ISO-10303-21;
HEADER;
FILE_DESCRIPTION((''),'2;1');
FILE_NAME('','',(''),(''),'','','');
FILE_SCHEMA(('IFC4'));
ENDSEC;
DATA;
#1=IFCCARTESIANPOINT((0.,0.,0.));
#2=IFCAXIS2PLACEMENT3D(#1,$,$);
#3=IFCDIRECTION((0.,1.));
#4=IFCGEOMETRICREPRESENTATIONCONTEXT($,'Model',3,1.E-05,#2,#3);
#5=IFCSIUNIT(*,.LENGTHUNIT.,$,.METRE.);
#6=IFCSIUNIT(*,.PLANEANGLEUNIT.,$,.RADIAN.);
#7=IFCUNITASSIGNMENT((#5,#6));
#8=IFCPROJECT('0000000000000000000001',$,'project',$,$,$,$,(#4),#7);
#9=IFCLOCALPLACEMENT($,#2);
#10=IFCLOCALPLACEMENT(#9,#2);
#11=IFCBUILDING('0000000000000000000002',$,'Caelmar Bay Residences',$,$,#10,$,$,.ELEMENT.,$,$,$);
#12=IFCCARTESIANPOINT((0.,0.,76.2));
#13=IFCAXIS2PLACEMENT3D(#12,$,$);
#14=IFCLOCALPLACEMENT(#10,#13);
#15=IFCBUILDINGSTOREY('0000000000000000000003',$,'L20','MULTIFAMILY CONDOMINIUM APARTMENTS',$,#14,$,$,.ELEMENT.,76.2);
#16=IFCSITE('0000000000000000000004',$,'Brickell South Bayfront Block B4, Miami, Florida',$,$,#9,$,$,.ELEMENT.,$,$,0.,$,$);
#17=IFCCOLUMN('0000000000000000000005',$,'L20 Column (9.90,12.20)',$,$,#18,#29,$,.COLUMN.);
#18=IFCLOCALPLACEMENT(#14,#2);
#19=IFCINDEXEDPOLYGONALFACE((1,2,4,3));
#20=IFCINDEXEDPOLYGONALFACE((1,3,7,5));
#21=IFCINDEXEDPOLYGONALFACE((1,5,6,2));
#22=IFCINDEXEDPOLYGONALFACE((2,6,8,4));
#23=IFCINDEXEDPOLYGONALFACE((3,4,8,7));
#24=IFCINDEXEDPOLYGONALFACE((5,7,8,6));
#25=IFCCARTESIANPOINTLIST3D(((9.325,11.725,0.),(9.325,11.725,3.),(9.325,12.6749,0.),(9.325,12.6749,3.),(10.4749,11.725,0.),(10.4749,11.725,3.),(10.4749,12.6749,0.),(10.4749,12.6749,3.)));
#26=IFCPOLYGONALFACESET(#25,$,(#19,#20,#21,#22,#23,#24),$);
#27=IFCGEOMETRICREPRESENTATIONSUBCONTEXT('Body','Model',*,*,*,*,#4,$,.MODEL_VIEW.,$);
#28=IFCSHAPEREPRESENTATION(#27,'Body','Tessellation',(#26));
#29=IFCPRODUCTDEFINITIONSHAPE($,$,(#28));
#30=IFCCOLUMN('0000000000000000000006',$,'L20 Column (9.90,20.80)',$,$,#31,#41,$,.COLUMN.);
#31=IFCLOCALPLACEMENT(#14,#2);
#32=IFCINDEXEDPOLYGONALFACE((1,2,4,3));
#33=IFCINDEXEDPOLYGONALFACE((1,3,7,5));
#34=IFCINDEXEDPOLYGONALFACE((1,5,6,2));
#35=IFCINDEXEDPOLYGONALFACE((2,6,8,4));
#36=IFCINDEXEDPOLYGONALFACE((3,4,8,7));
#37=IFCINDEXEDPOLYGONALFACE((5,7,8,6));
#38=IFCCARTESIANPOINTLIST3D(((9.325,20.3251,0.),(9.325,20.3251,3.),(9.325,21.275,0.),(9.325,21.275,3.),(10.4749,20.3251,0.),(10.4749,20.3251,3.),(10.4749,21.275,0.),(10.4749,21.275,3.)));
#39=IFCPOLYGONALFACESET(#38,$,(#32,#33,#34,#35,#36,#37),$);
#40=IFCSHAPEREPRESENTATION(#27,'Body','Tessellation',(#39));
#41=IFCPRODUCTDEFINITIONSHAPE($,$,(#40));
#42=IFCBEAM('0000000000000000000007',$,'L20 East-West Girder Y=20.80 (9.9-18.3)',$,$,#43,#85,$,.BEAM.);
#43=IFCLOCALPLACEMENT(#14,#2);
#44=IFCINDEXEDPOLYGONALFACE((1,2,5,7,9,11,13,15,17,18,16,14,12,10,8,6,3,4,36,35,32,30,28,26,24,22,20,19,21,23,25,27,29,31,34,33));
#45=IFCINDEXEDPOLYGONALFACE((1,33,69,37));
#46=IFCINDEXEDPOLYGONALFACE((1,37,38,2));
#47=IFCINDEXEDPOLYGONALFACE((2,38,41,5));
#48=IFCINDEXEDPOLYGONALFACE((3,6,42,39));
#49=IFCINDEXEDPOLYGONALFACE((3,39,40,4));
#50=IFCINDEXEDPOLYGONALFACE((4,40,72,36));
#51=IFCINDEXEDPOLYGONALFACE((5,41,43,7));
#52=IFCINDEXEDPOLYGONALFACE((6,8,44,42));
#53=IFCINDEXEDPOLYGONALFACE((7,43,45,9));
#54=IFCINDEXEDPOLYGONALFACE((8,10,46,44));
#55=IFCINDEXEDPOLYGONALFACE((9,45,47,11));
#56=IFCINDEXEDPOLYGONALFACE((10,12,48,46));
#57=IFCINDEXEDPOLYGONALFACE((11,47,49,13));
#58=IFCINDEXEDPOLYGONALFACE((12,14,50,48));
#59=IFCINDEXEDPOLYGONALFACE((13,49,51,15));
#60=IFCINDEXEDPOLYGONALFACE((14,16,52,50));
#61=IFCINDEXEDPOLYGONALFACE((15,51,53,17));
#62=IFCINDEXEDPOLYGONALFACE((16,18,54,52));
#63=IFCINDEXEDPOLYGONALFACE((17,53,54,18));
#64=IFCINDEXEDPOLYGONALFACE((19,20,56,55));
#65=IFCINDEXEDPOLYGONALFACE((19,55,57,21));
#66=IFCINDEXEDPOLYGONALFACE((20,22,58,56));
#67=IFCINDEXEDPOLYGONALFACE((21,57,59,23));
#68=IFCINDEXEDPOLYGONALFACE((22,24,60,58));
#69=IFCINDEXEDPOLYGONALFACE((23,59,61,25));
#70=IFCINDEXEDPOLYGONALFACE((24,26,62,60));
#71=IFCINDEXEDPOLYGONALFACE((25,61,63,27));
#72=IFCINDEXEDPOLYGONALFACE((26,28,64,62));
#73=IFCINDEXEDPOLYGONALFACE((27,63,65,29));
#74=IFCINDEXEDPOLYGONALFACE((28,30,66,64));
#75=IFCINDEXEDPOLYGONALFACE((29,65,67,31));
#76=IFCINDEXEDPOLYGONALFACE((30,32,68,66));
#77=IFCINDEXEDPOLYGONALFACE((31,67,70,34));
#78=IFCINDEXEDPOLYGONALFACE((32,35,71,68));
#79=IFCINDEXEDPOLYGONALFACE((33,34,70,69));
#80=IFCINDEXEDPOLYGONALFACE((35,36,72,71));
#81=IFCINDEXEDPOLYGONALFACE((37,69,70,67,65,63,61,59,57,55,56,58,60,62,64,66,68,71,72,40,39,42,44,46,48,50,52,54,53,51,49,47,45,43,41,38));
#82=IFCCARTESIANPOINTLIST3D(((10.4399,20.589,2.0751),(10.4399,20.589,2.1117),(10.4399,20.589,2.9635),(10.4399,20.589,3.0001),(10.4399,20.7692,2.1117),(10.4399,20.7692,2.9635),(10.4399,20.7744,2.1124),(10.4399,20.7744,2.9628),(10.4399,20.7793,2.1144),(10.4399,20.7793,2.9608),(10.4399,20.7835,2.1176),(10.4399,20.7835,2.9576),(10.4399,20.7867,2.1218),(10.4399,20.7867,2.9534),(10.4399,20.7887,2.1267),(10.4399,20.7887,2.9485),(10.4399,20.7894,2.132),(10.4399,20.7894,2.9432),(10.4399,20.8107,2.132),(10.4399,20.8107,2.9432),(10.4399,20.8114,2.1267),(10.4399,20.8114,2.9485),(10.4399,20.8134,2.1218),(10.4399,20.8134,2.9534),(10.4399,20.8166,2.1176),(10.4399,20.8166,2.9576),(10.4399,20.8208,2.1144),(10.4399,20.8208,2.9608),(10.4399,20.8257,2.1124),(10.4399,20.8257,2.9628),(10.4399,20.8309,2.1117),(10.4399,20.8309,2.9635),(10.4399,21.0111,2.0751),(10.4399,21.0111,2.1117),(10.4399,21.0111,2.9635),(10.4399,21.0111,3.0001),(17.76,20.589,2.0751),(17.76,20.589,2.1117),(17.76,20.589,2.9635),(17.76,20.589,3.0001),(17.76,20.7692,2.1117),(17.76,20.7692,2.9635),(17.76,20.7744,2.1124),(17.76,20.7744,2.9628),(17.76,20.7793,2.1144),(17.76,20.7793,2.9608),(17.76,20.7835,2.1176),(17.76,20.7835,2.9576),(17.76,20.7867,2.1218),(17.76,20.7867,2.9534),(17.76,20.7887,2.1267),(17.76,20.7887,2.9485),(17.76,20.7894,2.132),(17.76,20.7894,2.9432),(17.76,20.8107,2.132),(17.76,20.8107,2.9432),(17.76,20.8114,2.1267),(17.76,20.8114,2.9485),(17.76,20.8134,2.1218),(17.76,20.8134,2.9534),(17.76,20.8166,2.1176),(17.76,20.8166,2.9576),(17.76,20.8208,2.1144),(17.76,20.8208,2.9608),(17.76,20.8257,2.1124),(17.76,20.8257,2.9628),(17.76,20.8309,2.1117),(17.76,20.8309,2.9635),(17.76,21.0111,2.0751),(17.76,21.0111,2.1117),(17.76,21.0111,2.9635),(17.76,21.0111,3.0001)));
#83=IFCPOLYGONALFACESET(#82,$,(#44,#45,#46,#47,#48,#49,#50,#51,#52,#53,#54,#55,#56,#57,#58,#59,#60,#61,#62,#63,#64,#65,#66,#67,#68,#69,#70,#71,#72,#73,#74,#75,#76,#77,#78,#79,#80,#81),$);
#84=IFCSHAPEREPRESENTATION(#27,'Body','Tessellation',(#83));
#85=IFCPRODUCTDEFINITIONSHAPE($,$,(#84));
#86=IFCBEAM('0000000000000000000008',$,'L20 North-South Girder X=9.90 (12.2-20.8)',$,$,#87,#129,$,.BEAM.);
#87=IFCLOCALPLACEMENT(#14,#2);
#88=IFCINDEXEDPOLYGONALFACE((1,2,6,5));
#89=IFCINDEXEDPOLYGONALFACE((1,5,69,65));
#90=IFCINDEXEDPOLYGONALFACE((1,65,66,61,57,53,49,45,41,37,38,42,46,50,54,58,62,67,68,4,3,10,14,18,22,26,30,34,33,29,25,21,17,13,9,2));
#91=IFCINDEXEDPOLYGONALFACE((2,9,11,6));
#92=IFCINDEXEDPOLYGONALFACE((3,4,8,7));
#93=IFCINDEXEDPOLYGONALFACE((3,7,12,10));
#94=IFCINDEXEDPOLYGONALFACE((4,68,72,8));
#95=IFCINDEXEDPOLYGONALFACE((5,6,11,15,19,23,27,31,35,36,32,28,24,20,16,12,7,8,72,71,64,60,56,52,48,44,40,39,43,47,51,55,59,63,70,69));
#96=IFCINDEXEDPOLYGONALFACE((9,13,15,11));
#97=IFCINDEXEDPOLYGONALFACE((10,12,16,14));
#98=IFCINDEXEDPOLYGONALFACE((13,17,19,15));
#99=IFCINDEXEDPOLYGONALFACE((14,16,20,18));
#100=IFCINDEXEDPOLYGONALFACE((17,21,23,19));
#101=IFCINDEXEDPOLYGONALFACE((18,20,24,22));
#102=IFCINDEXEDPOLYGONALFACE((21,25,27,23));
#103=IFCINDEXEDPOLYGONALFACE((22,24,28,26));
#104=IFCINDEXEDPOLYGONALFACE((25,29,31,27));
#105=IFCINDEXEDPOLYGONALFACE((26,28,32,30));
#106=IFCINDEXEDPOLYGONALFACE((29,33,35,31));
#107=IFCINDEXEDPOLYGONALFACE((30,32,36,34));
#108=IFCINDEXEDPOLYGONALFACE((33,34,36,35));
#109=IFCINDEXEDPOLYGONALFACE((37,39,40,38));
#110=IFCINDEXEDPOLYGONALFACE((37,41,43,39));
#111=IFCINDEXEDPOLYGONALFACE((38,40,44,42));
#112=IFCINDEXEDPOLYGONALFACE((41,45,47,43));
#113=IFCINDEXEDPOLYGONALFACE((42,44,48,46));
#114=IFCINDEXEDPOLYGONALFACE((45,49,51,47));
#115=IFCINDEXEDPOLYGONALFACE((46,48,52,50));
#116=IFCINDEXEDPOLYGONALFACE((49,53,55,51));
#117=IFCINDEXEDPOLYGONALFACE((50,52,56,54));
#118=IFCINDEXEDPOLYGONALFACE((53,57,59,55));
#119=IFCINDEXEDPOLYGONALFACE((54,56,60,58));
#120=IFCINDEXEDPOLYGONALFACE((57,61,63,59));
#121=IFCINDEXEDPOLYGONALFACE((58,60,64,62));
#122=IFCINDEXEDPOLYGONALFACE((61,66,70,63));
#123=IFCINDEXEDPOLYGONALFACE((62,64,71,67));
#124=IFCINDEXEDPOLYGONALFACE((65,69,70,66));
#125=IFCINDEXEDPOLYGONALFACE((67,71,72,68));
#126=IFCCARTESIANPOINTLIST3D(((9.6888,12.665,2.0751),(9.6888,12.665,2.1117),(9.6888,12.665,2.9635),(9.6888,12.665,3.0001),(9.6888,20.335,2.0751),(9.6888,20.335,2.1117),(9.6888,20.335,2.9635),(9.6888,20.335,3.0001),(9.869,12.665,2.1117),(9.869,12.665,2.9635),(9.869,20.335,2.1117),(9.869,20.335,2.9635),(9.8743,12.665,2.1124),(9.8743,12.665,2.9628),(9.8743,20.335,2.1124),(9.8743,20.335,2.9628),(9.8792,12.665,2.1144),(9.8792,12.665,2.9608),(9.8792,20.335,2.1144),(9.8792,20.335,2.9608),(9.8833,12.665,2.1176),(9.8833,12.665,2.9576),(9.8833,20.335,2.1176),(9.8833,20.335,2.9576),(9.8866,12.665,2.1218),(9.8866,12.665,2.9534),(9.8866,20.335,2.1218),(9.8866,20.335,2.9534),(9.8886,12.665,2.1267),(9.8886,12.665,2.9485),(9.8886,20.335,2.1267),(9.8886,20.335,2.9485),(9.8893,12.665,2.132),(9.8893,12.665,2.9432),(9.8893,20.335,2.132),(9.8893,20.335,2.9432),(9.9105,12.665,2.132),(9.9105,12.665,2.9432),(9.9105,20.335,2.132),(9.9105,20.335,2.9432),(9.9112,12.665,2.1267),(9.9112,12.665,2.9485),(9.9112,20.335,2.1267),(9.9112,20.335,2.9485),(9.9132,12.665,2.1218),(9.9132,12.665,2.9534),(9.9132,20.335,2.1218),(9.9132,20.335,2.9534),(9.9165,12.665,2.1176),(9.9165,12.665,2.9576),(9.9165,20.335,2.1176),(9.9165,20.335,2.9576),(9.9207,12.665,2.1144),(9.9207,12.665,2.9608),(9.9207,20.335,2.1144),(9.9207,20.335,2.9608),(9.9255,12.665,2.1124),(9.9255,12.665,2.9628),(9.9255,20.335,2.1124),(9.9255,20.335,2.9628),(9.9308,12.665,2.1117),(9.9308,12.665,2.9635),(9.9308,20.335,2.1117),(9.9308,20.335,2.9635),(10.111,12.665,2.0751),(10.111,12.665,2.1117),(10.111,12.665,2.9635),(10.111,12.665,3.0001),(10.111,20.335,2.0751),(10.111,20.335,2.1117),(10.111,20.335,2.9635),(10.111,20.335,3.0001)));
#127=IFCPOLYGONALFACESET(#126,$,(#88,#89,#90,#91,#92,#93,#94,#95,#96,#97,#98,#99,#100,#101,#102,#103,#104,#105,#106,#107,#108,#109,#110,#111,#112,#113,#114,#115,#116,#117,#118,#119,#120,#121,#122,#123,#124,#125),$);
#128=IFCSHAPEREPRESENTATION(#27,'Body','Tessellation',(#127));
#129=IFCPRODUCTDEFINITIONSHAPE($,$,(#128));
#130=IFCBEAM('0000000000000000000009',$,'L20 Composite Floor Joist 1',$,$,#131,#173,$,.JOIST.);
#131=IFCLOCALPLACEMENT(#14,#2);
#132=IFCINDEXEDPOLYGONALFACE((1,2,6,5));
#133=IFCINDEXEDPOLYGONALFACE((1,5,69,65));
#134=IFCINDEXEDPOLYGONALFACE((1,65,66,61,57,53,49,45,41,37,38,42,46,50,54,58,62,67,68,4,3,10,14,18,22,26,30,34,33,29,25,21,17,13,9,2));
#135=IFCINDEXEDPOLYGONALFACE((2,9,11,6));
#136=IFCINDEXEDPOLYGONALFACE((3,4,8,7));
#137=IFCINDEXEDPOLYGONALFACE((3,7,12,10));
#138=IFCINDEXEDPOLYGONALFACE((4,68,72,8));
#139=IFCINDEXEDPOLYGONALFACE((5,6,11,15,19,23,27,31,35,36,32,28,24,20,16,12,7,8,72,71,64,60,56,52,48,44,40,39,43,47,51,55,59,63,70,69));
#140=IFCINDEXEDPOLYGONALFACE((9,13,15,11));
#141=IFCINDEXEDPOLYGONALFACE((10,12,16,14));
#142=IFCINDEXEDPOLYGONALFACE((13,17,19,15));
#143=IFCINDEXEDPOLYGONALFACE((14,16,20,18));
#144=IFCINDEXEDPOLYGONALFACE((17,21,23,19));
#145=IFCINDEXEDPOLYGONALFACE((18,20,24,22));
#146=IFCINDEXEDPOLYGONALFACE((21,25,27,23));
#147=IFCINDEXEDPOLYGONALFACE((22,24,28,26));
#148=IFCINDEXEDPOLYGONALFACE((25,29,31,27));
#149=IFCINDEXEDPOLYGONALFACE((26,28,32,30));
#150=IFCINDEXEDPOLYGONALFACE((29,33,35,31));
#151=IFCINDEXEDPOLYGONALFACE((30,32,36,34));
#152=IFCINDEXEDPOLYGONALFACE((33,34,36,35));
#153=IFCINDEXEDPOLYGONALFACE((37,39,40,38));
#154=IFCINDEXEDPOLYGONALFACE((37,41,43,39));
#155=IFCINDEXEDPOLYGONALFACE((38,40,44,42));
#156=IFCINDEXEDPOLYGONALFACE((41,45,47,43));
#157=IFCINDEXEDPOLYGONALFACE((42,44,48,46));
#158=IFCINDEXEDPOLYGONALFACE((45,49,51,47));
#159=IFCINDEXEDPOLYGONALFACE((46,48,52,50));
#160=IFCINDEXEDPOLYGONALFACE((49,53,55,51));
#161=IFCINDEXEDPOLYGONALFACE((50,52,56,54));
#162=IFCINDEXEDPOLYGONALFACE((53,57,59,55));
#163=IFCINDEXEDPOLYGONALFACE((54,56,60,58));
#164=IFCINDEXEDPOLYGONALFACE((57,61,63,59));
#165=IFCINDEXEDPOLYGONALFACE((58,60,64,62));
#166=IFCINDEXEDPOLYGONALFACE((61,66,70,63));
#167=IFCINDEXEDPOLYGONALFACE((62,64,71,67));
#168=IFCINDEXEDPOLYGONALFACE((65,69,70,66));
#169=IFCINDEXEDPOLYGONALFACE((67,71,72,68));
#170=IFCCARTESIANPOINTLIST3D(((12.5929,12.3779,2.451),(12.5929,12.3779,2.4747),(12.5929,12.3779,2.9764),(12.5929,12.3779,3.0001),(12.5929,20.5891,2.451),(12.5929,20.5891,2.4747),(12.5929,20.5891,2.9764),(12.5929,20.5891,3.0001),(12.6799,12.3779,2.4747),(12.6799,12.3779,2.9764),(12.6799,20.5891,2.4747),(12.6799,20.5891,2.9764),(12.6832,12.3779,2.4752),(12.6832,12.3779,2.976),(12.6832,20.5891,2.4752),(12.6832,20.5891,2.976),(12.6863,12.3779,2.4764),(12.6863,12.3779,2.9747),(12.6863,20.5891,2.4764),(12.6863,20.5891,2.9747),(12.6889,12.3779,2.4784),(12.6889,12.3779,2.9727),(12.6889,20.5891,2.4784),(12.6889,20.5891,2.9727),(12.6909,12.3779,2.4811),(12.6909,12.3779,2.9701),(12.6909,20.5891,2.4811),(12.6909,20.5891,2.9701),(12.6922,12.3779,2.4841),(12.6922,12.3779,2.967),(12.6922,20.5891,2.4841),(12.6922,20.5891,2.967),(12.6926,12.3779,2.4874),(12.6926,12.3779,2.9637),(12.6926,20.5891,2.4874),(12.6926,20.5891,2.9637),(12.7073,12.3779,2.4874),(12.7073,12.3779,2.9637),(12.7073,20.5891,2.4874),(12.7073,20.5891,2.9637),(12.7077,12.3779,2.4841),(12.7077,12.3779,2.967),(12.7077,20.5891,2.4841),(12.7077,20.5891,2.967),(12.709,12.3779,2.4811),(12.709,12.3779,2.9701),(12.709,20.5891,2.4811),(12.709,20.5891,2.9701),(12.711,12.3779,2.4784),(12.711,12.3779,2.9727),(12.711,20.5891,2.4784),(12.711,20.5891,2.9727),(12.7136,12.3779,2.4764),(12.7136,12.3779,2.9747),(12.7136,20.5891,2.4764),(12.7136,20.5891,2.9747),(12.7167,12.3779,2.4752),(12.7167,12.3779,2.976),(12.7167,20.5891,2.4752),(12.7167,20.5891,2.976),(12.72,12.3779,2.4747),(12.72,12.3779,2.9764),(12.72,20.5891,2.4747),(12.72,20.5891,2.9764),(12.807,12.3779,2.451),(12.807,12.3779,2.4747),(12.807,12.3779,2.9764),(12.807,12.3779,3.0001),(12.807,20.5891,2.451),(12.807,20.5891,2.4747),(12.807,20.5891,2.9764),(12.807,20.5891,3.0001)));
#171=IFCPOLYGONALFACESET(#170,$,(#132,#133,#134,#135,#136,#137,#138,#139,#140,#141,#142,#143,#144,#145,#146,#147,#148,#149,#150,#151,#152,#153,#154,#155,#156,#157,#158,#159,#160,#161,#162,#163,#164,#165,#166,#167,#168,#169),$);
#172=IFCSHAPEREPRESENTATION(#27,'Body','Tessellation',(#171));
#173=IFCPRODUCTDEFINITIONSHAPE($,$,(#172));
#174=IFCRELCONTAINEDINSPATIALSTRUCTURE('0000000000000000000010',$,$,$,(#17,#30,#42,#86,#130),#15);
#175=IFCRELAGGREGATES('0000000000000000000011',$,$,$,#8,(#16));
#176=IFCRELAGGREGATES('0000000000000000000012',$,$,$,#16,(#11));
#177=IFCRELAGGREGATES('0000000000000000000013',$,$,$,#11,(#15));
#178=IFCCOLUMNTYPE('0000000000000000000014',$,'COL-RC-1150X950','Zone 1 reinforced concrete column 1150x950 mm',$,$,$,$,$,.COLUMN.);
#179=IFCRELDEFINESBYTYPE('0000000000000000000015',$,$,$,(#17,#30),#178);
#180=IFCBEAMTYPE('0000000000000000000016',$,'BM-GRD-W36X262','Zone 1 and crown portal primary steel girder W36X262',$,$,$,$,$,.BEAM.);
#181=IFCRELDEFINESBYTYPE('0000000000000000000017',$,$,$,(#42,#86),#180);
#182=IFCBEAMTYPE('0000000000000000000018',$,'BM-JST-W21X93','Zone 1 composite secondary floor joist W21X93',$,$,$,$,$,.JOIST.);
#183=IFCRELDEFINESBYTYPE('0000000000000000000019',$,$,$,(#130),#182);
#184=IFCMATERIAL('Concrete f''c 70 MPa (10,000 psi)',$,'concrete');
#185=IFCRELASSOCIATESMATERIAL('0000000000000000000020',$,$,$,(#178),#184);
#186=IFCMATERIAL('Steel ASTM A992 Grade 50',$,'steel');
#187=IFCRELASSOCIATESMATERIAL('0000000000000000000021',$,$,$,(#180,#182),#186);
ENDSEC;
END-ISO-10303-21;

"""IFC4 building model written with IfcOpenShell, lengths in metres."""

from ifc_helpers import new_model, si_unit, direction, frame, origin, origin_2d, place, context, subcontext, project, spatial, rectangle, i_section, extrude, material, material_profile, profile_set, type_object, element, save


model = new_model("IFC4")

# Units and contexts
model_context = context("Model", 3, precision=1e-05, world=origin(), true_north=direction((0.0, 1.0)))
body_context = subcontext(model_context, "Body", "Model", "MODEL_VIEW")
ifc_project = project(units=[si_unit("LENGTHUNIT", "METRE"), si_unit("PLANEANGLEUNIT", "RADIAN")], contexts=[model_context])

# Site, building, storey
site_placement = place(None, origin())
site = spatial("IfcSite", under=ifc_project, at=site_placement, Name="Brickell South Bayfront Block B4, Miami, Florida", CompositionType="ELEMENT", RefElevation=0.0)
building_placement = place(site_placement, origin())
building = spatial("IfcBuilding", under=site, at=building_placement, Name="Caelmar Bay Residences", CompositionType="ELEMENT")
storey_placement = place(building_placement, frame((0.0, 0.0, 76.2)))
storey = spatial("IfcBuildingStorey", under=building, at=storey_placement, Name="L20", Description="MULTIFAMILY CONDOMINIUM APARTMENTS", CompositionType="ELEMENT", Elevation=76.2)

# Columns
ifc_material_1 = material(Name="Concrete f'c 70 MPa (10,000 psi)", Category="concrete")
ifc_material_profile_1 = material_profile(ifc_material_1, rectangle(XDim=1.1499, YDim=0.95, at=origin_2d()), Name="RC-COL-1150X950")
ifc_profile_set_1 = profile_set([ifc_material_profile_1], Name="Concrete f'c 70 MPa (10,000 psi)")
column_type = type_object("IfcColumnType", Name="COL-RC-1150X950", Description="Zone 1 reinforced concrete column 1150x950 mm", PredefinedType="COLUMN", material=ifc_profile_set_1)
for number, where, z_axis, x_axis, name in (
    (1, (9.8999, 12.2, 0.0), (0.0, 0.0, 1.0), (1.0, 0.0, 0.0), "L20 Column (9.90,12.20)"),
    (2, (9.8999, 20.8, 0.0), (0.0, 0.0, 1.0), (1.0, 0.0, 0.0), "L20 Column (9.90,20.80)"),
):
    element("IfcColumn", number, at=place(storey_placement, frame(where, z_axis=z_axis, x_axis=x_axis)), inside=storey, type_object=column_type, Name=name, PredefinedType="COLUMN", context=body_context, shape_type="SweptSolid", body=[
        extrude(rectangle(XDim=1.1499, YDim=0.95, at=origin_2d()), origin(), (0.0, 0.0, 1.0), 3.0),
    ])

# Beams
ifc_material_2 = material(Name="Steel ASTM A992 Grade 50", Category="steel")
ifc_material_profile_2 = material_profile(ifc_material_2, i_section(OverallWidth=0.4221, OverallDepth=0.925, WebThickness=0.0212, FlangeThickness=0.0366, FilletRadius=0.0203, at=origin_2d()), Name="W36X262")
ifc_profile_set_2 = profile_set([ifc_material_profile_2], Name="Steel ASTM A992 Grade 50")
beam_type_1 = type_object("IfcBeamType", Name="BM-GRD-W36X262", Description="Zone 1 and crown portal primary steel girder W36X262", PredefinedType="BEAM", material=ifc_profile_set_2)
beam_1_placement = place(storey_placement, frame((10.4399, 20.8, 2.5376), z_axis=(1.0, 0.0, 0.0), x_axis=(0.0, 1.0, 0.0)))
element("IfcBeam", 3, at=beam_1_placement, inside=storey, type_object=beam_type_1, Name="L20 East-West Girder Y=20.80 (9.9-18.3)", PredefinedType="BEAM", context=body_context, shape_type="SweptSolid", body=[
    extrude(i_section(OverallWidth=0.4221, OverallDepth=0.925, WebThickness=0.0212, FlangeThickness=0.0366, FilletRadius=0.0203, at=origin_2d()), origin(), (0.0, 0.0, 1.0), 7.3201),
])
beam_2_placement = place(storey_placement, frame((9.8999, 12.665, 2.5376), z_axis=(0.0, 1.0, 0.0), x_axis=(-1.0, 0.0, 0.0)))
element("IfcBeam", 4, at=beam_2_placement, inside=storey, type_object=beam_type_1, Name="L20 North-South Girder X=9.90 (12.2-20.8)", PredefinedType="BEAM", context=body_context, shape_type="SweptSolid", body=[
    extrude(i_section(OverallWidth=0.4221, OverallDepth=0.925, WebThickness=0.0212, FlangeThickness=0.0366, FilletRadius=0.0203, at=origin_2d()), origin(), (0.0, 0.0, 1.0), 7.6699),
])
ifc_material_profile_3 = material_profile(ifc_material_2, i_section(OverallWidth=0.2141, OverallDepth=0.5491, WebThickness=0.0146, FlangeThickness=0.0237, FilletRadius=0.0127, at=origin_2d()), Name="W21X93")
ifc_profile_set_3 = profile_set([ifc_material_profile_3], Name="Steel ASTM A992 Grade 50")
beam_type_2 = type_object("IfcBeamType", Name="BM-JST-W21X93", Description="Zone 1 composite secondary floor joist W21X93", PredefinedType="JOIST", material=ifc_profile_set_3)
beam_3_placement = place(storey_placement, frame((12.7, 12.3779, 2.7256), z_axis=(0.0, 1.0, 0.0), x_axis=(-1.0, 0.0, 0.0)))
element("IfcBeam", 5, at=beam_3_placement, inside=storey, type_object=beam_type_2, Name="L20 Composite Floor Joist 1", PredefinedType="JOIST", context=body_context, shape_type="SweptSolid", body=[
    extrude(i_section(OverallWidth=0.2141, OverallDepth=0.5491, WebThickness=0.0146, FlangeThickness=0.0237, FilletRadius=0.0127, at=origin_2d()), origin(), (0.0, 0.0, 1.0), 8.2112),
])

save(model, "model.ifc")
